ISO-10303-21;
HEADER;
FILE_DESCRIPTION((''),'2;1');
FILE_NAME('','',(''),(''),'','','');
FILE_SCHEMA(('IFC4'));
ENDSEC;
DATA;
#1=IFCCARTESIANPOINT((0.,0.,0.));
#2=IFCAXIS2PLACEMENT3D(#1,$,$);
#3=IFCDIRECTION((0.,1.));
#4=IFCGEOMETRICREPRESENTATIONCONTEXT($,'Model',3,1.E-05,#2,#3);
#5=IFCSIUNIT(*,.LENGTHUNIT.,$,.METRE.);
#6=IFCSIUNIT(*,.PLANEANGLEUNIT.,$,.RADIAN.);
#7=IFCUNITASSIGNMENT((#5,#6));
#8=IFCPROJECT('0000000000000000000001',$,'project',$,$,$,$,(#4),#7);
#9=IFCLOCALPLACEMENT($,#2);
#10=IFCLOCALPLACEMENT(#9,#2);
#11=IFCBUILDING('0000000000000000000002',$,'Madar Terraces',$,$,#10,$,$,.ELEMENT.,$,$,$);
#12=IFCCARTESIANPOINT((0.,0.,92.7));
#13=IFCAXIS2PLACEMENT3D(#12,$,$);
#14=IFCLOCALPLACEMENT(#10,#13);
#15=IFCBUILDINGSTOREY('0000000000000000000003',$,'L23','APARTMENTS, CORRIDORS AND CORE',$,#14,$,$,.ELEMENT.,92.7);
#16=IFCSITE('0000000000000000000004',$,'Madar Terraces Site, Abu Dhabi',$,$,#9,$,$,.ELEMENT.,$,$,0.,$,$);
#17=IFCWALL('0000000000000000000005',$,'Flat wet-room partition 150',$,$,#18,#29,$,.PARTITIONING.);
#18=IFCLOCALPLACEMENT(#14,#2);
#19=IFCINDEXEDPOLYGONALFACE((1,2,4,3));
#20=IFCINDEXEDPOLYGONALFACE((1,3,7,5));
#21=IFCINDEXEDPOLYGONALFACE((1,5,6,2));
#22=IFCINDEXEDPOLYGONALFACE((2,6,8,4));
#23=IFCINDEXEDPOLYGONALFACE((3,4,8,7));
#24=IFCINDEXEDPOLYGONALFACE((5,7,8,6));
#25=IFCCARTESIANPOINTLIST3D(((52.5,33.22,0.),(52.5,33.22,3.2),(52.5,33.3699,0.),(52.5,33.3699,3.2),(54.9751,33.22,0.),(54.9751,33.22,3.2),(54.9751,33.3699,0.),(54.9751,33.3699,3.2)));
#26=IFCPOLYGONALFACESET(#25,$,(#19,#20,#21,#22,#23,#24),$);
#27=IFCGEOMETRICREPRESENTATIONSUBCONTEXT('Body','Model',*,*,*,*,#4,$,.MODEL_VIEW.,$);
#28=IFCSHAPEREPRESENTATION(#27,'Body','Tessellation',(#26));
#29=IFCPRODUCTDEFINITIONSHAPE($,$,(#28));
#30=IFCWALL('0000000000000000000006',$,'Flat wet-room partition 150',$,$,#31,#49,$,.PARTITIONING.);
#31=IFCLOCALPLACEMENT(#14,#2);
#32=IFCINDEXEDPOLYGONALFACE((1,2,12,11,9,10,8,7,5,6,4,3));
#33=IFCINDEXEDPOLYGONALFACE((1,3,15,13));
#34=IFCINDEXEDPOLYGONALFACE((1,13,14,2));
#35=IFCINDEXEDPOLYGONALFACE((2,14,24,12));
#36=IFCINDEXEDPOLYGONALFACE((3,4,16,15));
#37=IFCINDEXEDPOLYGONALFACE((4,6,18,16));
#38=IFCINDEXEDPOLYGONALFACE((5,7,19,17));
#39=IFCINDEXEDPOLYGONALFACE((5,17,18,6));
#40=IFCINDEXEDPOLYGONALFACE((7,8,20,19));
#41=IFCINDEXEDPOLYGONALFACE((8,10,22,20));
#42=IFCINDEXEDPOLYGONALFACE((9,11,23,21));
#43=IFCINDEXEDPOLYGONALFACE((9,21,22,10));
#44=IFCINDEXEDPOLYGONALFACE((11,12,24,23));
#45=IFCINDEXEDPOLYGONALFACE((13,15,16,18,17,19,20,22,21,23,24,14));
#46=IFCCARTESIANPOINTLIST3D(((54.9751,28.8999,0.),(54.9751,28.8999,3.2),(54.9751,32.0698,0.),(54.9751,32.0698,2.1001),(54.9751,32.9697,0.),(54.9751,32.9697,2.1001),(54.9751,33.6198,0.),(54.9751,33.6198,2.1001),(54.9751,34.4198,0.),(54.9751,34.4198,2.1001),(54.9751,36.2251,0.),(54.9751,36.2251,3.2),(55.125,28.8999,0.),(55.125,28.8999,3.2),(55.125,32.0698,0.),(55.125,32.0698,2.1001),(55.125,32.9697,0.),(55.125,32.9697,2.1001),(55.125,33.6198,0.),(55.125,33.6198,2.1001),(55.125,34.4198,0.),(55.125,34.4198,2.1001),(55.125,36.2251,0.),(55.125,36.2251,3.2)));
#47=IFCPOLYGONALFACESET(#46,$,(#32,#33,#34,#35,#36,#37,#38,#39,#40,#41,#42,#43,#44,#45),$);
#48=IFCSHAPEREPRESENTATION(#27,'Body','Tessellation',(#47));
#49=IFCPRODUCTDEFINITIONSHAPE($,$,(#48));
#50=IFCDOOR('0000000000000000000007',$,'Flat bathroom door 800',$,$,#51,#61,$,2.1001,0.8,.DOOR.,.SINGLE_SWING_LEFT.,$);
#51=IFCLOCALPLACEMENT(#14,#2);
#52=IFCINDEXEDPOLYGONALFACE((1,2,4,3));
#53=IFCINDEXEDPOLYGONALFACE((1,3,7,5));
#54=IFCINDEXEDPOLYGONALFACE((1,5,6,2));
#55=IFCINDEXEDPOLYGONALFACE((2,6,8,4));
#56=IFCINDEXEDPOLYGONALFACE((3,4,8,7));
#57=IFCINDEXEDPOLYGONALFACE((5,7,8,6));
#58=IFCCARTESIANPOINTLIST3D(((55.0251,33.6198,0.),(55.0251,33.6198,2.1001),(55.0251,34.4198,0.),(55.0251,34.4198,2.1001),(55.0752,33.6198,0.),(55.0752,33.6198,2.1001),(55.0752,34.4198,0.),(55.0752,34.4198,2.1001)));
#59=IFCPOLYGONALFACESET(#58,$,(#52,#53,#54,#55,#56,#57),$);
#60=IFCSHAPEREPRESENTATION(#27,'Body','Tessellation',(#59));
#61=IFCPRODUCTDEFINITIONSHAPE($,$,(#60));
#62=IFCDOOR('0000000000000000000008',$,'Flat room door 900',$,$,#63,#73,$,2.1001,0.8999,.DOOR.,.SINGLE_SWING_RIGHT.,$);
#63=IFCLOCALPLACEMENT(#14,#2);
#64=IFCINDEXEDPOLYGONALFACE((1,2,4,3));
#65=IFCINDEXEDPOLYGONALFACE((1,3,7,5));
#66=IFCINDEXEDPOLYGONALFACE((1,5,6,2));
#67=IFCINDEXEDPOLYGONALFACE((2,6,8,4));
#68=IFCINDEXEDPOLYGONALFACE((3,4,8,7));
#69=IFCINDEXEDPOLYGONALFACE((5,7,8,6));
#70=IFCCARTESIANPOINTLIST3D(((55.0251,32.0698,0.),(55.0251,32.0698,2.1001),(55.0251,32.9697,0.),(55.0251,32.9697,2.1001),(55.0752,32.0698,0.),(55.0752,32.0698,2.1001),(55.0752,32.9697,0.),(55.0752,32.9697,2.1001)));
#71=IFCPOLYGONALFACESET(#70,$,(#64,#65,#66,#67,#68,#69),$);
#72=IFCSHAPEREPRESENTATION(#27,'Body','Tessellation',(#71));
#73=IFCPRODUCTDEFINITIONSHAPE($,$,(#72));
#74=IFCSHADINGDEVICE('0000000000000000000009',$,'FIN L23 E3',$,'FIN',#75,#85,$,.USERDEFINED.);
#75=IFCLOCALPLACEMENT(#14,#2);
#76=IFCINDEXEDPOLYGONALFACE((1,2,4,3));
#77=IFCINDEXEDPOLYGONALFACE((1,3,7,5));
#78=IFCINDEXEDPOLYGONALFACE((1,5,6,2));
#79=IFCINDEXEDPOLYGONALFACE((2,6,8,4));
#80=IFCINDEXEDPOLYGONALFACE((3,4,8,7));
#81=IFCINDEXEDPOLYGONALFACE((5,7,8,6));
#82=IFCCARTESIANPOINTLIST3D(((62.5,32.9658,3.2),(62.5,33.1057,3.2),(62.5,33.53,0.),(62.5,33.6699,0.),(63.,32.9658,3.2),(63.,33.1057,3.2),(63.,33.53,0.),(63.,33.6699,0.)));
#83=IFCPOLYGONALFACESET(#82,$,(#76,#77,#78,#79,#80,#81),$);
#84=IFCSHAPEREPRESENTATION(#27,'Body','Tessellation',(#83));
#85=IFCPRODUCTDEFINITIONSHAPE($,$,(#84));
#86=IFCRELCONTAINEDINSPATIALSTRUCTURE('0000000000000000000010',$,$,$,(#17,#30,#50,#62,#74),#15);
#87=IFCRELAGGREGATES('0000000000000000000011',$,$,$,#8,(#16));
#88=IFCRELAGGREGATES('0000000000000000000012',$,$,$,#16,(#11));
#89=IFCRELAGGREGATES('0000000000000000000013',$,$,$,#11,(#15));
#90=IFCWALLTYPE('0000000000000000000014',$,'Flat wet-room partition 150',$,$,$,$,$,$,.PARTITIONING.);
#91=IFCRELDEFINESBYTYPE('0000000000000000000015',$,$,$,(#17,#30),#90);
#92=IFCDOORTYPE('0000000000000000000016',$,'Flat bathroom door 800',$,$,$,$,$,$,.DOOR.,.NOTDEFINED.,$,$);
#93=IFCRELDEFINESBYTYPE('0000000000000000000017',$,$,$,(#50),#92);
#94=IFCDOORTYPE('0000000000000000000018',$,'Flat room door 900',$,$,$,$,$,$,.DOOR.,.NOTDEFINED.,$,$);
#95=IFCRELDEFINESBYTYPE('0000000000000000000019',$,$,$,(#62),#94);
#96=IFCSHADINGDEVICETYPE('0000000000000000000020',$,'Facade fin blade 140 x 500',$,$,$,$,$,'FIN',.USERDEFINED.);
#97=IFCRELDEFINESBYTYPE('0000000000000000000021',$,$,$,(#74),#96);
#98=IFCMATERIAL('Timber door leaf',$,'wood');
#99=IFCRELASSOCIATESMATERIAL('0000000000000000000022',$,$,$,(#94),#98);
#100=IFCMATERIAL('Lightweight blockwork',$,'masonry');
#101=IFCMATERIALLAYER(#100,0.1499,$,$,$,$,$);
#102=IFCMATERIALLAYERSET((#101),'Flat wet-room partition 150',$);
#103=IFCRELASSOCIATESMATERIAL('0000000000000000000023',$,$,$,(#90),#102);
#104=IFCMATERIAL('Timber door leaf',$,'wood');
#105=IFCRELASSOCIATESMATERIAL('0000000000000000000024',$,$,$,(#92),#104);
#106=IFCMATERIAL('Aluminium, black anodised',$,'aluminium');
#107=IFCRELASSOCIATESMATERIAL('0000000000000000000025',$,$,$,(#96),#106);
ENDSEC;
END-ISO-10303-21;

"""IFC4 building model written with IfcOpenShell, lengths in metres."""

from ifc_helpers import new_model, si_unit, direction, frame, frame_2d, origin, place, context, subcontext, project, spatial, polyline, rectangle, outline, extrude, material, layer, layer_set, type_object, element, fill, save


model = new_model("IFC4")

# Units and contexts
model_context = context("Model", 3, precision=1e-05, world=origin(), true_north=direction((0.0, 1.0)))
body_context = subcontext(model_context, "Body", "Model", "MODEL_VIEW")
ifc_project = project(units=[si_unit("LENGTHUNIT", "METRE"), si_unit("PLANEANGLEUNIT", "RADIAN")], contexts=[model_context])

# Site, building, storey
site_placement = place(None, origin())
site = spatial("IfcSite", under=ifc_project, at=site_placement, Name="Madar Terraces Site, Abu Dhabi", CompositionType="ELEMENT", RefElevation=0.0)
building_placement = place(site_placement, origin())
building = spatial("IfcBuilding", under=site, at=building_placement, Name="Madar Terraces", CompositionType="ELEMENT")
storey_placement = place(building_placement, frame((0.0, 0.0, 92.7)))
storey = spatial("IfcBuildingStorey", under=building, at=storey_placement, Name="L23", Description="APARTMENTS, CORRIDORS AND CORE", CompositionType="ELEMENT", Elevation=92.7)

# Shared definitions
ifc_material_1 = material(Name="Timber door leaf", Category="wood")
door_type_1 = type_object("IfcDoorType", Name="Flat room door 900", OperationType="NOTDEFINED", PredefinedType="DOOR", material=ifc_material_1)

# Wall
ifc_material_2 = material(Name="Lightweight blockwork", Category="masonry")
ifc_layer_1 = layer(ifc_material_2, 0.1499)
ifc_layer_set_1 = layer_set([ifc_layer_1], Name="Flat wet-room partition 150")
wall_type_1 = type_object("IfcWallType", Name="Flat wet-room partition 150", PredefinedType="PARTITIONING", material=ifc_layer_set_1)
wall_1_placement = place(storey_placement, frame((52.5, 33.2949, 0.0), z_axis=(0.0, 0.0, 1.0), x_axis=(1.0, 0.0, 0.0)))
element("IfcWall", 1, at=wall_1_placement, inside=storey, type_object=wall_type_1, Name="Flat wet-room partition 150", PredefinedType="PARTITIONING", context=body_context, shape_type="SweptSolid", body=[
    extrude(rectangle(XDim=2.4751, YDim=0.1499, at=frame_2d((1.2375, 0.0))), origin(), (0.0, 0.0, 1.0), 3.2),
])

# Wall, openings, doors
wall_2_placement = place(storey_placement, frame((55.05, 28.8999, 0.0), z_axis=(0.0, 0.0, 1.0), x_axis=(0.0, 1.0, 0.0)))
wall_2 = element("IfcWall", 2, at=wall_2_placement, inside=storey, type_object=wall_type_1, Name="Flat wet-room partition 150", PredefinedType="PARTITIONING", context=body_context, shape_type="SweptSolid", body=[
    extrude(rectangle(XDim=7.3252, YDim=0.1499, at=frame_2d((3.6626, 0.0))), origin(), (0.0, 0.0, 1.0), 3.2),
])
opening_1_placement = place(wall_2_placement, frame((4.72, 0.0, 0.0)))
opening_1 = element("IfcOpeningElement", 3, at=opening_1_placement, cuts=wall_2, PredefinedType="OPENING", context=body_context, shape_type="SweptSolid", body=[
    extrude(rectangle(XDim=0.8, YDim=2.1001, at=frame_2d((0.3999, 1.05))), frame((0.0, 0.085, 0.0), z_axis=(0.0, -1.0, 0.0), x_axis=(1.0, 0.0, 0.0)), (0.0, 0.0, 1.0), 0.1699),
])
opening_2_placement = place(wall_2_placement, frame((3.1699, 0.0, 0.0)))
opening_2 = element("IfcOpeningElement", 4, at=opening_2_placement, cuts=wall_2, PredefinedType="OPENING", context=body_context, shape_type="SweptSolid", body=[
    extrude(rectangle(XDim=0.8999, YDim=2.1001, at=frame_2d((0.45, 1.05))), frame((0.0, 0.085, 0.0), z_axis=(0.0, -1.0, 0.0), x_axis=(1.0, 0.0, 0.0)), (0.0, 0.0, 1.0), 0.1699),
])
ifc_material_3 = material(Name="Timber door leaf", Category="wood")
door_type_2 = type_object("IfcDoorType", Name="Flat bathroom door 800", OperationType="NOTDEFINED", PredefinedType="DOOR", material=ifc_material_3)
door_1_placement = place(opening_1_placement, origin())
door_1 = element("IfcDoor", 5, at=door_1_placement, inside=storey, type_object=door_type_2, Name="Flat bathroom door 800", OperationType="SINGLE_SWING_LEFT", OverallHeight=2.1001, OverallWidth=0.8, PredefinedType="DOOR", context=body_context, shape_type="SweptSolid", body=[
    extrude(rectangle(XDim=0.8, YDim=2.1001, at=frame_2d((0.3999, 1.05))), frame((0.0, 0.0249, 0.0), z_axis=(0.0, -1.0, 0.0), x_axis=(1.0, 0.0, 0.0)), (0.0, 0.0, 1.0), 0.05),
])
fill(opening_1, door_1)
door_2_placement = place(opening_2_placement, origin())
door_2 = element("IfcDoor", 6, at=door_2_placement, inside=storey, type_object=door_type_1, Name="Flat room door 900", OperationType="SINGLE_SWING_RIGHT", OverallHeight=2.1001, OverallWidth=0.8999, PredefinedType="DOOR", context=body_context, shape_type="SweptSolid", body=[
    extrude(rectangle(XDim=0.8999, YDim=2.1001, at=frame_2d((0.45, 1.05))), frame((0.0, 0.0249, 0.0), z_axis=(0.0, -1.0, 0.0), x_axis=(1.0, 0.0, 0.0)), (0.0, 0.0, 1.0), 0.05),
])
fill(opening_2, door_2)

# Shading device
ifc_material_4 = material(Name="Aluminium, black anodised", Category="aluminium")
shading_device_type = type_object("IfcShadingDeviceType", Name="Facade fin blade 140 x 500", ElementType="FIN", PredefinedType="USERDEFINED", material=ifc_material_4)
shading_device_placement = place(storey_placement, frame((62.75, 33.53, 0.0), z_axis=(0.0, 0.0, 1.0), x_axis=(0.0, 1.0, 0.0)))
element("IfcShadingDevice", 7, at=shading_device_placement, inside=storey, type_object=shading_device_type, Name="FIN L23 E3", ObjectType="FIN", PredefinedType="USERDEFINED", context=body_context, shape_type="SweptSolid", body=[
    extrude(outline(polyline([(0.0, 0.0), (0.1399, 0.0), (-0.4243, 3.2), (-0.5642, 3.2), (0.0, 0.0)])), frame((0.0, 0.25, 0.0), z_axis=(0.0, -1.0, 0.0), x_axis=(1.0, 0.0, 0.0)), (0.0, 0.0, 1.0), 0.5),
])

save(model, "model.ifc")
